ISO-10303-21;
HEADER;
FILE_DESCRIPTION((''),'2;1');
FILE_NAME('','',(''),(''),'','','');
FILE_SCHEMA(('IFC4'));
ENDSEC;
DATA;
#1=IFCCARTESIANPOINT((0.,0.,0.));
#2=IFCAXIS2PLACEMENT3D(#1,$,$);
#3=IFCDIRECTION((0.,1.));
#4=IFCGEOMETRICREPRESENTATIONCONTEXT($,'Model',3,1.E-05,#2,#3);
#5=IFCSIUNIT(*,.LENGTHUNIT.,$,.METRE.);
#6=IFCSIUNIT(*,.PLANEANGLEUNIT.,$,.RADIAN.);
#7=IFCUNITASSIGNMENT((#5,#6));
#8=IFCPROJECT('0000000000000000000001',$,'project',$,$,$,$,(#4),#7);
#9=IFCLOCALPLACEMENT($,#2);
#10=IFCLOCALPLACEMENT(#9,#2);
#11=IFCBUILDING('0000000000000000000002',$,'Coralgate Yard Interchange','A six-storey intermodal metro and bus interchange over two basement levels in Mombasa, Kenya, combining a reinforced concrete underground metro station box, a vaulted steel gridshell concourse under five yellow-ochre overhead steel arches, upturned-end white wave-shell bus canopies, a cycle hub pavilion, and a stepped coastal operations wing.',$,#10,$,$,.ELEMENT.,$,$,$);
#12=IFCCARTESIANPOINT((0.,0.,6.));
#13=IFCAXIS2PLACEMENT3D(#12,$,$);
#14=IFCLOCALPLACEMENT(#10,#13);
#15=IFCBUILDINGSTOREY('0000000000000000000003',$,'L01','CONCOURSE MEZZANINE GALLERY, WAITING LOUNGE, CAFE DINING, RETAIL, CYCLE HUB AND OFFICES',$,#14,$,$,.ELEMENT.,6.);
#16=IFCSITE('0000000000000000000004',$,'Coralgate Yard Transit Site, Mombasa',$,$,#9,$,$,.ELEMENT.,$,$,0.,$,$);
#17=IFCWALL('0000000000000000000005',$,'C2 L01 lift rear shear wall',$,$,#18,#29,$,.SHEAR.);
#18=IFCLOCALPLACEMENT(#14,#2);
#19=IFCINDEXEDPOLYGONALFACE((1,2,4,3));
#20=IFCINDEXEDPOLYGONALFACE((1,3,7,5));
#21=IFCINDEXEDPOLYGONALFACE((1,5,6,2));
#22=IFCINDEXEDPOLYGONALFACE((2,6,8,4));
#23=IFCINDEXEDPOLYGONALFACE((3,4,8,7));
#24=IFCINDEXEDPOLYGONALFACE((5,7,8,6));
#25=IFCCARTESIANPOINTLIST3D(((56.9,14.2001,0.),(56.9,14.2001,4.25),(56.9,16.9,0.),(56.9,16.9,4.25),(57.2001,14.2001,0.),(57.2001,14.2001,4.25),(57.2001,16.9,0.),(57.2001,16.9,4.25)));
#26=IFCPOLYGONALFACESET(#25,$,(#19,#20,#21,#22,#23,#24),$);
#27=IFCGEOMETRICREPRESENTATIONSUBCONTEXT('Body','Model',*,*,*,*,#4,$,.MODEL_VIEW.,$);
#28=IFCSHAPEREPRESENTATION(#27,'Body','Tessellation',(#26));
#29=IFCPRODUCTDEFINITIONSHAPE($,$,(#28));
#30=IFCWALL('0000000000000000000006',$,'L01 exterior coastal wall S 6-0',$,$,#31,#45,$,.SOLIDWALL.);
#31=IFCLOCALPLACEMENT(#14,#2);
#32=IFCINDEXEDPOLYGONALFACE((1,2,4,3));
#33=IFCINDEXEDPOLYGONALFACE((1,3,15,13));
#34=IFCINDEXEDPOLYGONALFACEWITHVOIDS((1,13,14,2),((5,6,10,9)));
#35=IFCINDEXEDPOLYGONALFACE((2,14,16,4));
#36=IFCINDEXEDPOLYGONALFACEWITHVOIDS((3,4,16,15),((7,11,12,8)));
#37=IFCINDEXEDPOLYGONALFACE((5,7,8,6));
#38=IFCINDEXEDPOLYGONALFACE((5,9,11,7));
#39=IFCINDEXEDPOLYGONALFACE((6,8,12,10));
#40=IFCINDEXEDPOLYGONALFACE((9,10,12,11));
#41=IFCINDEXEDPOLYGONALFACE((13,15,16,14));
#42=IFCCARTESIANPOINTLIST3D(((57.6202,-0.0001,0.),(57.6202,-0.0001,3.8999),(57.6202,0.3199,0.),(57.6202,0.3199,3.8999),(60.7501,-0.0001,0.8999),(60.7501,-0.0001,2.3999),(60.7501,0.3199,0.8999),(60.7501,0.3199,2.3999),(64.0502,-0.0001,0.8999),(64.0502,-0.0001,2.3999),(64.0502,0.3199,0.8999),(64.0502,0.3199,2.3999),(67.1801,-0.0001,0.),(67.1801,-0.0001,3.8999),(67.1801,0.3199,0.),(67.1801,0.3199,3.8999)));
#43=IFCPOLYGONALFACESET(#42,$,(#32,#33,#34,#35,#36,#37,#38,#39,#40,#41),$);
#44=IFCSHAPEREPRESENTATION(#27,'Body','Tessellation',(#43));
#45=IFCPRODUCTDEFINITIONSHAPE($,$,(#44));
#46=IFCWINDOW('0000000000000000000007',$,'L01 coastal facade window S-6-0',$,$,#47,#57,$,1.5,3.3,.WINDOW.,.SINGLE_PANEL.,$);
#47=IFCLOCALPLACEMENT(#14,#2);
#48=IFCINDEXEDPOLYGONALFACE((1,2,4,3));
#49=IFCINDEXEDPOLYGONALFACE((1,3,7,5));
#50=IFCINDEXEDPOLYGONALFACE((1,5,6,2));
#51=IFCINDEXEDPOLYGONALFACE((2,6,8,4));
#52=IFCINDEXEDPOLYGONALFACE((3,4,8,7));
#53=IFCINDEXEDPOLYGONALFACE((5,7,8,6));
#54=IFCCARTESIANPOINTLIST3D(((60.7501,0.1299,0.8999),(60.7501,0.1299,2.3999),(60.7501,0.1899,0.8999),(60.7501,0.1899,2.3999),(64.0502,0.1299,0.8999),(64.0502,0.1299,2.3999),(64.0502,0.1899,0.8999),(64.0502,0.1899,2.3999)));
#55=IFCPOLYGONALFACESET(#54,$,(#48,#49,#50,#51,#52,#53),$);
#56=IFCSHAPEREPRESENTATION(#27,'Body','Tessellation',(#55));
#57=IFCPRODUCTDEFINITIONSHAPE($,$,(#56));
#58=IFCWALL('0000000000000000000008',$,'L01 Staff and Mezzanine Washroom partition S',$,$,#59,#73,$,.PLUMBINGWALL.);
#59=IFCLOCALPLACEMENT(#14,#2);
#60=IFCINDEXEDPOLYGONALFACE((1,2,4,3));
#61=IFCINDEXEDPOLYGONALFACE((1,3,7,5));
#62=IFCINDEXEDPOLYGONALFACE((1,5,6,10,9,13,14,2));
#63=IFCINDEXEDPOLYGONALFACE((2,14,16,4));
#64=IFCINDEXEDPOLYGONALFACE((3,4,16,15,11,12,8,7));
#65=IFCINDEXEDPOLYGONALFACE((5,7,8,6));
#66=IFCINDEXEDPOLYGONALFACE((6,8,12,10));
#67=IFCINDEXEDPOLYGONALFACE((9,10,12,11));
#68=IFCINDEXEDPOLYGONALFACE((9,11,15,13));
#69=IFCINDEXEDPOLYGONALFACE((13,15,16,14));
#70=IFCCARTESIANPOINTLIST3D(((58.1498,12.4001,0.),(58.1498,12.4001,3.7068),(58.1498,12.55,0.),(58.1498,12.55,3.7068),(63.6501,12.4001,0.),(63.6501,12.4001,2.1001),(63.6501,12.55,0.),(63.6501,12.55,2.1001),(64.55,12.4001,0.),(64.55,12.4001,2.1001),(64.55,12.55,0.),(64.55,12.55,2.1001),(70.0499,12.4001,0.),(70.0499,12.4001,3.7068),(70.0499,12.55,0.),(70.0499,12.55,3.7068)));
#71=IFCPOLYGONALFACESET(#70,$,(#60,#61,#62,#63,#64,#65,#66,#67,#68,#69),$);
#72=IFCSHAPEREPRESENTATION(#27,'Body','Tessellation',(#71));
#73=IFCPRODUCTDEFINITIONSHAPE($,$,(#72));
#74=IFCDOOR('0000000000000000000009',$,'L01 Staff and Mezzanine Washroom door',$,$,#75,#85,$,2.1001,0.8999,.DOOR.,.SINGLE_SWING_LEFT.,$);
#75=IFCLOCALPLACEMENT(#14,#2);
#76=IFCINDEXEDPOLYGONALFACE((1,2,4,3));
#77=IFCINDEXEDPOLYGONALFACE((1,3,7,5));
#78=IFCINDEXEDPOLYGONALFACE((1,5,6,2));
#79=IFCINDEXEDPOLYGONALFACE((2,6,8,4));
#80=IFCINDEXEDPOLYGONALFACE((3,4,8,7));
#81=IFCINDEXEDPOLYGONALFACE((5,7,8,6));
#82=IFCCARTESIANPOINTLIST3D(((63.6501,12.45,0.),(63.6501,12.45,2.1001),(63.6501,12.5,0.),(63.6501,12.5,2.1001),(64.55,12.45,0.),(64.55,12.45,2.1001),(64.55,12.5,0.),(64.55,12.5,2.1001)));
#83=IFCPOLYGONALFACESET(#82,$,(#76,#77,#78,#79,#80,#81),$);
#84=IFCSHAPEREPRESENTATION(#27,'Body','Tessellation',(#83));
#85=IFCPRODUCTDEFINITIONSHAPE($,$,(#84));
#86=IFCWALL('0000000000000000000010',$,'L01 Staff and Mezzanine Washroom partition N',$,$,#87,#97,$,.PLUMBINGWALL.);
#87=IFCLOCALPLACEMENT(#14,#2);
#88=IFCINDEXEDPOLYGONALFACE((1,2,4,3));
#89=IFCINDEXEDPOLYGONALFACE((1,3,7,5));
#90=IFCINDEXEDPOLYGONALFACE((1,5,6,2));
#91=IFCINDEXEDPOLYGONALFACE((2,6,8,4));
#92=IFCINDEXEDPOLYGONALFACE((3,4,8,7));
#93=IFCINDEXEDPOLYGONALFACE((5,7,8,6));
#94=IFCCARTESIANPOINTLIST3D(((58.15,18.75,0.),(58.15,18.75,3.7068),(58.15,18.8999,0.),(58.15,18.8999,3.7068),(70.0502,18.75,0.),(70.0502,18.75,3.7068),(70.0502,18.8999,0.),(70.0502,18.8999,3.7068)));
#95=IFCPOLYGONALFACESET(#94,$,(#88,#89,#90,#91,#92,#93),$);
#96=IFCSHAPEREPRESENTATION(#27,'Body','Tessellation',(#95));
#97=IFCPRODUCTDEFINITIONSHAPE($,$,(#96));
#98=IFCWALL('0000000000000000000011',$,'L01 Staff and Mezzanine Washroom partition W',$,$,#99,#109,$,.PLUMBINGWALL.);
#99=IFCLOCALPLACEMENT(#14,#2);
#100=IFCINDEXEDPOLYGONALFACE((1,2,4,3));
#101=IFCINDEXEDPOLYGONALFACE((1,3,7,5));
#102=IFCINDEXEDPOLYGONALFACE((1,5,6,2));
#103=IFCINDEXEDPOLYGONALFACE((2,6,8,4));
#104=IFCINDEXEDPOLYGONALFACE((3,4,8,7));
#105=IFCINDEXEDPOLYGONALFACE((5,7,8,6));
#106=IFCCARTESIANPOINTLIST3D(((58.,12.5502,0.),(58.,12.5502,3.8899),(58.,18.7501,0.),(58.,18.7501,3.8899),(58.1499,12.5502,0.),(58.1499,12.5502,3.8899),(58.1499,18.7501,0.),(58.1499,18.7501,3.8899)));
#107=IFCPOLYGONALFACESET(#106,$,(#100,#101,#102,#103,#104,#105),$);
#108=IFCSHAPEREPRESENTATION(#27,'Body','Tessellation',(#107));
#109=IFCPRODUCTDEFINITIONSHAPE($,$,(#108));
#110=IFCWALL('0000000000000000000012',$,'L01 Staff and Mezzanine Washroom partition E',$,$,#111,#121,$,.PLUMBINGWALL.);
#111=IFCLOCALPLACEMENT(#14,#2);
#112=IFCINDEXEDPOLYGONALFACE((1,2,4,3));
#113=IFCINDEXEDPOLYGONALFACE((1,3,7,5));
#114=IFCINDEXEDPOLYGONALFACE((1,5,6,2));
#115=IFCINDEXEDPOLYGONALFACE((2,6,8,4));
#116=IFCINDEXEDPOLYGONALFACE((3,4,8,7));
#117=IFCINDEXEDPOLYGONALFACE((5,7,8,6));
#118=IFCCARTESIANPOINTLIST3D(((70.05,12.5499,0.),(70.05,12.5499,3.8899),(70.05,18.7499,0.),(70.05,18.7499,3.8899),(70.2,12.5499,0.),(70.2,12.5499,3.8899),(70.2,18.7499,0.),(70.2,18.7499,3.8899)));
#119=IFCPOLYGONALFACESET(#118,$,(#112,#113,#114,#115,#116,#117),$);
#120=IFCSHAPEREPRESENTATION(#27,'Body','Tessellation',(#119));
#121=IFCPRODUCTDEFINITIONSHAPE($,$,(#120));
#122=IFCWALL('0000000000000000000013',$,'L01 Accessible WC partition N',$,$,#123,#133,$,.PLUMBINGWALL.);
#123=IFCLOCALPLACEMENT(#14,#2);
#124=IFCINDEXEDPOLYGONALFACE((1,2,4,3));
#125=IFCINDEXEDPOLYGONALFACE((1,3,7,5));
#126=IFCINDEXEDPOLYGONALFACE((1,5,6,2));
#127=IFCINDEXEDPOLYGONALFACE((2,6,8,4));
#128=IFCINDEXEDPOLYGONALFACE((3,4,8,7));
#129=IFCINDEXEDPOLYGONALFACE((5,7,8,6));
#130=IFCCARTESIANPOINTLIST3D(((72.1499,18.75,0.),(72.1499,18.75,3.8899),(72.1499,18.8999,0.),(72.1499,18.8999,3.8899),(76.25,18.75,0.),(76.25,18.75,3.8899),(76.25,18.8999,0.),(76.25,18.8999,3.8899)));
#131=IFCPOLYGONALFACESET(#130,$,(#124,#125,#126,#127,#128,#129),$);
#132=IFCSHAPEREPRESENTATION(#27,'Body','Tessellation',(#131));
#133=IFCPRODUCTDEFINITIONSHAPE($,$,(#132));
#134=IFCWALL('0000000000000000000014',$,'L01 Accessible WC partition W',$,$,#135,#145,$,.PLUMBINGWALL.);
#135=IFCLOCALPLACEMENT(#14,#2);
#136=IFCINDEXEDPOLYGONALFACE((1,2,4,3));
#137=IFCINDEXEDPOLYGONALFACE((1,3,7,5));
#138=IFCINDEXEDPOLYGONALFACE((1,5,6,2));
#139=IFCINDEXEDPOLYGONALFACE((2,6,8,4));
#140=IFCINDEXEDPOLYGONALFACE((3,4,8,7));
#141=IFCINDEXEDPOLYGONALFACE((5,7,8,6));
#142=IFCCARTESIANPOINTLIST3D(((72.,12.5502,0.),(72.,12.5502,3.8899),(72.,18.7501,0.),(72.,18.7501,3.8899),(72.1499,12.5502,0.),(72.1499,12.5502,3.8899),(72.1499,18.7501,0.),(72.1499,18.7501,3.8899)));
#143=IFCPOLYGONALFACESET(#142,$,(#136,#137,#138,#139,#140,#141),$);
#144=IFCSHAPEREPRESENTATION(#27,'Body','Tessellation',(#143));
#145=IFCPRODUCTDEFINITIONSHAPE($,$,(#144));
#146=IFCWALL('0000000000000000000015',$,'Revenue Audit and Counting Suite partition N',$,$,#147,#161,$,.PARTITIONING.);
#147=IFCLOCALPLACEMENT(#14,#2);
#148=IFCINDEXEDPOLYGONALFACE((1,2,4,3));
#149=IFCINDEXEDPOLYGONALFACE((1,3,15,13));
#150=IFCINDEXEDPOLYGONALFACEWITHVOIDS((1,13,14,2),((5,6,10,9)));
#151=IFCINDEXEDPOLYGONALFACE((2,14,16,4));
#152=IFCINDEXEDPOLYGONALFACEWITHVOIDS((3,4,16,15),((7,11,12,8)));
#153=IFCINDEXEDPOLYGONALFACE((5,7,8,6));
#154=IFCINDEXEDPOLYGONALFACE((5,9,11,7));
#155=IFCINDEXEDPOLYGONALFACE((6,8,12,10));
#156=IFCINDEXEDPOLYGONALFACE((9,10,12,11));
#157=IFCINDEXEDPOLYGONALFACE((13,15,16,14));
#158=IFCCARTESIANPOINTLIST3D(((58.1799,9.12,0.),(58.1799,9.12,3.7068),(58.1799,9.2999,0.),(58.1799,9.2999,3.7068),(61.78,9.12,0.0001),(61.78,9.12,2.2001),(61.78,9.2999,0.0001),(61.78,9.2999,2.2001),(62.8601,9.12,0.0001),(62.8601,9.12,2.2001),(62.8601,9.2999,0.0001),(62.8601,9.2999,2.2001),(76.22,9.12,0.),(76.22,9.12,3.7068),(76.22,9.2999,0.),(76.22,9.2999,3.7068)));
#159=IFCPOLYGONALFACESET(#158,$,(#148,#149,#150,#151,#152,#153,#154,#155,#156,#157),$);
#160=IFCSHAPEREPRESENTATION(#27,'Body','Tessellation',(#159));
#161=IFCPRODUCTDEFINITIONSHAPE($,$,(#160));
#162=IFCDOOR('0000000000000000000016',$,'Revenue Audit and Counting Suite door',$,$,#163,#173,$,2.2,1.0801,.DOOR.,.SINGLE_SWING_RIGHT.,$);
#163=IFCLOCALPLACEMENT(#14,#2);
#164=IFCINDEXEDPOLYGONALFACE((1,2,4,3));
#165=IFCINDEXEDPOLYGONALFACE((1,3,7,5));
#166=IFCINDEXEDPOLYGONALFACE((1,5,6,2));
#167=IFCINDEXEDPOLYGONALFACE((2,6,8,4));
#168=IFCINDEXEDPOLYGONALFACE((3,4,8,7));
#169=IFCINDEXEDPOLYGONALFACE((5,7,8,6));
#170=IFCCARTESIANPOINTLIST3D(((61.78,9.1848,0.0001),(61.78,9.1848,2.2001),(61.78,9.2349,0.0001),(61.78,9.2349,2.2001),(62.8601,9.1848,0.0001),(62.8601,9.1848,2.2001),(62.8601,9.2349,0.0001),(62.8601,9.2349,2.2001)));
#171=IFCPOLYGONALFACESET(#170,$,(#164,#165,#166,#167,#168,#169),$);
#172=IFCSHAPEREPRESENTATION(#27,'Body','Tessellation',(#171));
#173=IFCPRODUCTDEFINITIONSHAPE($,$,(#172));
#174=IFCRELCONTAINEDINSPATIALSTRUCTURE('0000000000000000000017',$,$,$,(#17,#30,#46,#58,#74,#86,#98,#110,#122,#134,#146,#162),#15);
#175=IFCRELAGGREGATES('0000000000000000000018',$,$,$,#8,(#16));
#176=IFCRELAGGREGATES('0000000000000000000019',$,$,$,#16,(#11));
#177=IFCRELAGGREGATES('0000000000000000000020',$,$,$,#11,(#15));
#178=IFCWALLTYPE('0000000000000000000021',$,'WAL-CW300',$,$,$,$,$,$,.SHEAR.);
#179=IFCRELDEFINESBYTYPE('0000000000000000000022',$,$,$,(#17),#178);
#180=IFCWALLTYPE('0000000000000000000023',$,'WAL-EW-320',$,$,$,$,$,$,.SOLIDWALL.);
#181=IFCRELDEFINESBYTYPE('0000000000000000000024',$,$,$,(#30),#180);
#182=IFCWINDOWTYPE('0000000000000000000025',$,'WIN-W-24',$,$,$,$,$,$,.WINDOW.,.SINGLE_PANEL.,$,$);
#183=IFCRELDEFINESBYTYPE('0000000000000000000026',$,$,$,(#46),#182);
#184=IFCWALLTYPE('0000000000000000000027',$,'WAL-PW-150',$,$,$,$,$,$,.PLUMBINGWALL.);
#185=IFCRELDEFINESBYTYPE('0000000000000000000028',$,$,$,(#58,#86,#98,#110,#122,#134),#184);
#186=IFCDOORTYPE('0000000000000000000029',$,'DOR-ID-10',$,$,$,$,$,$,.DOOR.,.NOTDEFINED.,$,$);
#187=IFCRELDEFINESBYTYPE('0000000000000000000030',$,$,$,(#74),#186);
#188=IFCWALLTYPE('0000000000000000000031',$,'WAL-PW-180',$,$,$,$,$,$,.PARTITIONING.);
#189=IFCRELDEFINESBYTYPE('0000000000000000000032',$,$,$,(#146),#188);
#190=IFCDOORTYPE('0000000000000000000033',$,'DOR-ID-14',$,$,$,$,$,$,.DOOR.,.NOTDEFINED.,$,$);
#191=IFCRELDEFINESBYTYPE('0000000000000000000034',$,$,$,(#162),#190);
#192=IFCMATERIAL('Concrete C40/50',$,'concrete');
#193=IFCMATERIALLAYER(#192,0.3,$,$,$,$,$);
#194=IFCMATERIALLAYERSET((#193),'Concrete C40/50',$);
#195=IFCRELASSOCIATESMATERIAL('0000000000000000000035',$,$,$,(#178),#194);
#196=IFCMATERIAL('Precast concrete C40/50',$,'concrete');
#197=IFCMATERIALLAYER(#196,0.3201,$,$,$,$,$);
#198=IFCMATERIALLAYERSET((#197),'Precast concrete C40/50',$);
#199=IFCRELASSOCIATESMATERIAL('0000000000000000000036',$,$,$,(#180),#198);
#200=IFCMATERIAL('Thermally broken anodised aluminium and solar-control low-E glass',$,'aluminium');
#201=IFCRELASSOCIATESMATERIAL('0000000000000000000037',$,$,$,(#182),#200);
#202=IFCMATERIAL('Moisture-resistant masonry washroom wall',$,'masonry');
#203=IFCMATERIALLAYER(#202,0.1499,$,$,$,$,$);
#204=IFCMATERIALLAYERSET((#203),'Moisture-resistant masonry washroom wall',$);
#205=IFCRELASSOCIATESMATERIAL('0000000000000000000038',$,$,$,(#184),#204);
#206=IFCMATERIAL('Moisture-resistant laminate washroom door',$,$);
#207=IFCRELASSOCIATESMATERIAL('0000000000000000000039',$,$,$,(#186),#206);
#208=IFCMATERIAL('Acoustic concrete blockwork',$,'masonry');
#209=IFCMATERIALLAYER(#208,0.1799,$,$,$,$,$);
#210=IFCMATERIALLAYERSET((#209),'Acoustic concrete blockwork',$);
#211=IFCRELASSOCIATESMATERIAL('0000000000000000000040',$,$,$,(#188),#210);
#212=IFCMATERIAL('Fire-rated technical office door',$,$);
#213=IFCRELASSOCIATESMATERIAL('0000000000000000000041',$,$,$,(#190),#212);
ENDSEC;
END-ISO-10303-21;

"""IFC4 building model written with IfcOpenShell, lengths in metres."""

from ifc_helpers import new_model, si_unit, direction, frame, frame_2d, origin, place, context, subcontext, project, spatial, rectangle, extrude, material, layer, layer_set, type_object, element, fill, save


model = new_model("IFC4")

# Units and contexts
model_context = context("Model", 3, precision=1e-05, world=origin(), true_north=direction((0.0, 1.0)))
body_context = subcontext(model_context, "Body", "Model", "MODEL_VIEW")
ifc_project = project(units=[si_unit("LENGTHUNIT", "METRE"), si_unit("PLANEANGLEUNIT", "RADIAN")], contexts=[model_context])

# Site, building, storey
site_placement = place(None, origin())
site = spatial("IfcSite", under=ifc_project, at=site_placement, Name="Coralgate Yard Transit Site, Mombasa", CompositionType="ELEMENT", RefElevation=0.0)
building_placement = place(site_placement, origin())
building = spatial("IfcBuilding", under=site, at=building_placement, Name="Coralgate Yard Interchange", Description="A six-storey intermodal metro and bus interchange over two basement levels in Mombasa, Kenya, combining a reinforced concrete underground metro station box, a vaulted steel gridshell concourse under five yellow-ochre overhead steel arches, upturned-end white wave-shell bus canopies, a cycle hub pavilion, and a stepped coastal operations wing.", CompositionType="ELEMENT")
storey_placement = place(building_placement, frame((0.0, 0.0, 6.0)))
storey = spatial("IfcBuildingStorey", under=building, at=storey_placement, Name="L01", Description="CONCOURSE MEZZANINE GALLERY, WAITING LOUNGE, CAFE DINING, RETAIL, CYCLE HUB AND OFFICES", CompositionType="ELEMENT", Elevation=6.0)

# Shared definitions
ifc_material_1 = material(Name="Concrete C40/50", Category="concrete")
ifc_layer_1 = layer(ifc_material_1, 0.3)
ifc_layer_set_1 = layer_set([ifc_layer_1], Name="Concrete C40/50")
wall_type_1 = type_object("IfcWallType", Name="WAL-CW300", PredefinedType="SHEAR", material=ifc_layer_set_1)

# Wall
wall_1_placement = place(storey_placement, frame((57.05, 14.2, 0.0), z_axis=(0.0, 0.0, 1.0), x_axis=(0.0, 1.0, 0.0)))
element("IfcWall", 1, at=wall_1_placement, inside=storey, type_object=wall_type_1, Name="C2 L01 lift rear shear wall", PredefinedType="SHEAR", context=body_context, shape_type="SweptSolid", body=[
    extrude(rectangle(XDim=2.7, YDim=0.3, at=frame_2d((1.3501, 0.0))), origin(), (0.0, 0.0, 1.0), 4.25),
])

# Wall, opening, window
ifc_material_2 = material(Name="Precast concrete C40/50", Category="concrete")
ifc_layer_2 = layer(ifc_material_2, 0.3201)
ifc_layer_set_2 = layer_set([ifc_layer_2], Name="Precast concrete C40/50")
wall_type_2 = type_object("IfcWallType", Name="WAL-EW-320", PredefinedType="SOLIDWALL", material=ifc_layer_set_2)
wall_2_placement = place(storey_placement, frame((67.1799, 0.1599, 0.0), z_axis=(0.0, 0.0, 1.0), x_axis=(-1.0, 0.0, 0.0)))
wall_2 = element("IfcWall", 2, at=wall_2_placement, inside=storey, type_object=wall_type_2, Name="L01 exterior coastal wall S 6-0", PredefinedType="SOLIDWALL", context=body_context, shape_type="SweptSolid", body=[
    extrude(rectangle(XDim=9.5598, YDim=0.3201, at=frame_2d((4.7798, 0.0))), origin(), (0.0, 0.0, 1.0), 3.8999),
])
opening_1_placement = place(wall_2_placement, frame((3.1299, 0.0, 0.8999)))
opening_1 = element("IfcOpeningElement", 3, at=opening_1_placement, cuts=wall_2, PredefinedType="OPENING", context=body_context, shape_type="SweptSolid", body=[
    extrude(rectangle(XDim=3.3, YDim=1.5, at=frame_2d((1.6499, 0.75))), frame((0.0, 0.1699, 0.0), z_axis=(0.0, -1.0, 0.0), x_axis=(1.0, 0.0, 0.0)), (0.0, 0.0, 1.0), 0.3401),
])
ifc_material_3 = material(Name="Thermally broken anodised aluminium and solar-control low-E glass", Category="aluminium")
window_type = type_object("IfcWindowType", Name="WIN-W-24", PartitioningType="SINGLE_PANEL", PredefinedType="WINDOW", material=ifc_material_3)
window_placement = place(opening_1_placement, origin())
window = element("IfcWindow", 4, at=window_placement, inside=storey, type_object=window_type, Name="L01 coastal facade window S-6-0", OverallHeight=1.5, OverallWidth=3.3, PartitioningType="SINGLE_PANEL", PredefinedType="WINDOW", context=body_context, shape_type="SweptSolid", body=[
    extrude(rectangle(XDim=3.3, YDim=1.5, at=frame_2d((1.6499, 0.75))), frame((0.0, 0.03, 0.0), z_axis=(0.0, -1.0, 0.0), x_axis=(1.0, 0.0, 0.0)), (0.0, 0.0, 1.0), 0.0601),
])
fill(opening_1, window)

# Wall, opening, door
ifc_material_4 = material(Name="Moisture-resistant masonry washroom wall", Category="masonry")
ifc_layer_3 = layer(ifc_material_4, 0.1499)
ifc_layer_set_3 = layer_set([ifc_layer_3], Name="Moisture-resistant masonry washroom wall")
wall_type_3 = type_object("IfcWallType", Name="WAL-PW-150", PredefinedType="PLUMBINGWALL", material=ifc_layer_set_3)
wall_3_placement = place(storey_placement, frame((70.05, 12.4751, 0.0), z_axis=(0.0, 0.0, 1.0), x_axis=(-1.0, 0.0, 0.0)))
wall_3 = element("IfcWall", 5, at=wall_3_placement, inside=storey, type_object=wall_type_3, Name="L01 Staff and Mezzanine Washroom partition S", PredefinedType="PLUMBINGWALL", context=body_context, shape_type="SweptSolid", body=[
    extrude(rectangle(XDim=11.9001, YDim=0.1499, at=frame_2d((5.9502, 0.0))), origin(), (0.0, 0.0, 1.0), 3.7068),
])
opening_2_placement = place(wall_3_placement, frame((5.5, 0.0, 0.0)))
opening_2 = element("IfcOpeningElement", 6, at=opening_2_placement, cuts=wall_3, PredefinedType="OPENING", context=body_context, shape_type="SweptSolid", body=[
    extrude(rectangle(XDim=0.8999, YDim=2.1001, at=frame_2d((0.45, 1.05))), frame((0.0, 0.085, 0.0), z_axis=(0.0, -1.0, 0.0), x_axis=(1.0, 0.0, 0.0)), (0.0, 0.0, 1.0), 0.1699),
])
ifc_material_5 = material(Name="Moisture-resistant laminate washroom door")
door_type_1 = type_object("IfcDoorType", Name="DOR-ID-10", OperationType="NOTDEFINED", PredefinedType="DOOR", material=ifc_material_5)
door_1_placement = place(opening_2_placement, frame((0.8999, 0.0, 0.0), z_axis=(0.0, 0.0, 1.0), x_axis=(-1.0, 0.0, 0.0)))
door_1 = element("IfcDoor", 7, at=door_1_placement, inside=storey, type_object=door_type_1, Name="L01 Staff and Mezzanine Washroom door", OperationType="SINGLE_SWING_LEFT", OverallHeight=2.1001, OverallWidth=0.8999, PredefinedType="DOOR", context=body_context, shape_type="SweptSolid", body=[
    extrude(rectangle(XDim=0.8999, YDim=2.1001, at=frame_2d((0.45, 1.05))), frame((0.0, 0.0249, 0.0), z_axis=(0.0, -1.0, 0.0), x_axis=(1.0, 0.0, 0.0)), (0.0, 0.0, 1.0), 0.05),
])
fill(opening_2, door_1)

# Walls
wall_4_placement = place(storey_placement, frame((58.1499, 18.825, 0.0), z_axis=(0.0, 0.0, 1.0), x_axis=(1.0, 0.0, 0.0)))
element("IfcWall", 8, at=wall_4_placement, inside=storey, type_object=wall_type_3, Name="L01 Staff and Mezzanine Washroom partition N", PredefinedType="PLUMBINGWALL", context=body_context, shape_type="SweptSolid", body=[
    extrude(rectangle(XDim=11.9001, YDim=0.1499, at=frame_2d((5.9502, 0.0))), origin(), (0.0, 0.0, 1.0), 3.7068),
])
for number, where, z_axis, x_axis, name in (
    (9, (58.075, 12.55, 0.0), (0.0, 0.0, 1.0), (0.0, 1.0, 0.0), "L01 Staff and Mezzanine Washroom partition W"),
    (10, (70.125, 18.75, 0.0), (0.0, 0.0, 1.0), (0.0, -1.0, 0.0), "L01 Staff and Mezzanine Washroom partition E"),
):
    element("IfcWall", number, at=place(storey_placement, frame(where, z_axis=z_axis, x_axis=x_axis)), inside=storey, type_object=wall_type_3, Name=name, PredefinedType="PLUMBINGWALL", context=body_context, shape_type="SweptSolid", body=[
        extrude(rectangle(XDim=6.2, YDim=0.1499, at=frame_2d((3.1001, 0.0))), origin(), (0.0, 0.0, 1.0), 3.8899),
    ])
wall_5_placement = place(storey_placement, frame((72.1499, 18.825, 0.0), z_axis=(0.0, 0.0, 1.0), x_axis=(1.0, 0.0, 0.0)))
element("IfcWall", 11, at=wall_5_placement, inside=storey, type_object=wall_type_3, Name="L01 Accessible WC partition N", PredefinedType="PLUMBINGWALL", context=body_context, shape_type="SweptSolid", body=[
    extrude(rectangle(XDim=4.1001, YDim=0.1499, at=frame_2d((2.05, 0.0))), origin(), (0.0, 0.0, 1.0), 3.8899),
])
wall_6_placement = place(storey_placement, frame((72.075, 12.55, 0.0), z_axis=(0.0, 0.0, 1.0), x_axis=(0.0, 1.0, 0.0)))
element("IfcWall", 12, at=wall_6_placement, inside=storey, type_object=wall_type_3, Name="L01 Accessible WC partition W", PredefinedType="PLUMBINGWALL", context=body_context, shape_type="SweptSolid", body=[
    extrude(rectangle(XDim=6.2, YDim=0.1499, at=frame_2d((3.1001, 0.0))), origin(), (0.0, 0.0, 1.0), 3.8899),
])

# Wall, opening, door
ifc_material_6 = material(Name="Acoustic concrete blockwork", Category="masonry")
ifc_layer_4 = layer(ifc_material_6, 0.1799)
ifc_layer_set_4 = layer_set([ifc_layer_4], Name="Acoustic concrete blockwork")
wall_type_4 = type_object("IfcWallType", Name="WAL-PW-180", PredefinedType="PARTITIONING", material=ifc_layer_set_4)
wall_7_placement = place(storey_placement, frame((58.1799, 9.21, 0.0), z_axis=(0.0, 0.0, 1.0), x_axis=(1.0, 0.0, 0.0)))
wall_7 = element("IfcWall", 13, at=wall_7_placement, inside=storey, type_object=wall_type_4, Name="Revenue Audit and Counting Suite partition N", PredefinedType="PARTITIONING", context=body_context, shape_type="SweptSolid", body=[
    extrude(rectangle(XDim=18.04, YDim=0.1799, at=frame_2d((9.02, 0.0))), origin(), (0.0, 0.0, 1.0), 3.7068),
])
opening_3_placement = place(wall_7_placement, frame((3.6001, 0.0, 0.0)))
opening_3 = element("IfcOpeningElement", 14, at=opening_3_placement, cuts=wall_7, PredefinedType="OPENING", context=body_context, shape_type="SweptSolid", body=[
    extrude(rectangle(XDim=1.0801, YDim=2.2, at=frame_2d((0.54, 1.1001))), frame((0.0, 0.0999, 0.0), z_axis=(0.0, -1.0, 0.0), x_axis=(1.0, 0.0, 0.0)), (0.0, 0.0, 1.0), 0.2),
])
ifc_material_7 = material(Name="Fire-rated technical office door")
door_type_2 = type_object("IfcDoorType", Name="DOR-ID-14", OperationType="NOTDEFINED", PredefinedType="DOOR", material=ifc_material_7)
door_2_placement = place(opening_3_placement, origin())
door_2 = element("IfcDoor", 15, at=door_2_placement, inside=storey, type_object=door_type_2, Name="Revenue Audit and Counting Suite door", OperationType="SINGLE_SWING_RIGHT", OverallHeight=2.2, OverallWidth=1.0801, PredefinedType="DOOR", context=body_context, shape_type="SweptSolid", body=[
    extrude(rectangle(XDim=1.0801, YDim=2.2, at=frame_2d((0.54, 1.1001))), frame((0.0, 0.0249, 0.0), z_axis=(0.0, -1.0, 0.0), x_axis=(1.0, 0.0, 0.0)), (0.0, 0.0, 1.0), 0.05),
])
fill(opening_3, door_2)

save(model, "model.ifc")
